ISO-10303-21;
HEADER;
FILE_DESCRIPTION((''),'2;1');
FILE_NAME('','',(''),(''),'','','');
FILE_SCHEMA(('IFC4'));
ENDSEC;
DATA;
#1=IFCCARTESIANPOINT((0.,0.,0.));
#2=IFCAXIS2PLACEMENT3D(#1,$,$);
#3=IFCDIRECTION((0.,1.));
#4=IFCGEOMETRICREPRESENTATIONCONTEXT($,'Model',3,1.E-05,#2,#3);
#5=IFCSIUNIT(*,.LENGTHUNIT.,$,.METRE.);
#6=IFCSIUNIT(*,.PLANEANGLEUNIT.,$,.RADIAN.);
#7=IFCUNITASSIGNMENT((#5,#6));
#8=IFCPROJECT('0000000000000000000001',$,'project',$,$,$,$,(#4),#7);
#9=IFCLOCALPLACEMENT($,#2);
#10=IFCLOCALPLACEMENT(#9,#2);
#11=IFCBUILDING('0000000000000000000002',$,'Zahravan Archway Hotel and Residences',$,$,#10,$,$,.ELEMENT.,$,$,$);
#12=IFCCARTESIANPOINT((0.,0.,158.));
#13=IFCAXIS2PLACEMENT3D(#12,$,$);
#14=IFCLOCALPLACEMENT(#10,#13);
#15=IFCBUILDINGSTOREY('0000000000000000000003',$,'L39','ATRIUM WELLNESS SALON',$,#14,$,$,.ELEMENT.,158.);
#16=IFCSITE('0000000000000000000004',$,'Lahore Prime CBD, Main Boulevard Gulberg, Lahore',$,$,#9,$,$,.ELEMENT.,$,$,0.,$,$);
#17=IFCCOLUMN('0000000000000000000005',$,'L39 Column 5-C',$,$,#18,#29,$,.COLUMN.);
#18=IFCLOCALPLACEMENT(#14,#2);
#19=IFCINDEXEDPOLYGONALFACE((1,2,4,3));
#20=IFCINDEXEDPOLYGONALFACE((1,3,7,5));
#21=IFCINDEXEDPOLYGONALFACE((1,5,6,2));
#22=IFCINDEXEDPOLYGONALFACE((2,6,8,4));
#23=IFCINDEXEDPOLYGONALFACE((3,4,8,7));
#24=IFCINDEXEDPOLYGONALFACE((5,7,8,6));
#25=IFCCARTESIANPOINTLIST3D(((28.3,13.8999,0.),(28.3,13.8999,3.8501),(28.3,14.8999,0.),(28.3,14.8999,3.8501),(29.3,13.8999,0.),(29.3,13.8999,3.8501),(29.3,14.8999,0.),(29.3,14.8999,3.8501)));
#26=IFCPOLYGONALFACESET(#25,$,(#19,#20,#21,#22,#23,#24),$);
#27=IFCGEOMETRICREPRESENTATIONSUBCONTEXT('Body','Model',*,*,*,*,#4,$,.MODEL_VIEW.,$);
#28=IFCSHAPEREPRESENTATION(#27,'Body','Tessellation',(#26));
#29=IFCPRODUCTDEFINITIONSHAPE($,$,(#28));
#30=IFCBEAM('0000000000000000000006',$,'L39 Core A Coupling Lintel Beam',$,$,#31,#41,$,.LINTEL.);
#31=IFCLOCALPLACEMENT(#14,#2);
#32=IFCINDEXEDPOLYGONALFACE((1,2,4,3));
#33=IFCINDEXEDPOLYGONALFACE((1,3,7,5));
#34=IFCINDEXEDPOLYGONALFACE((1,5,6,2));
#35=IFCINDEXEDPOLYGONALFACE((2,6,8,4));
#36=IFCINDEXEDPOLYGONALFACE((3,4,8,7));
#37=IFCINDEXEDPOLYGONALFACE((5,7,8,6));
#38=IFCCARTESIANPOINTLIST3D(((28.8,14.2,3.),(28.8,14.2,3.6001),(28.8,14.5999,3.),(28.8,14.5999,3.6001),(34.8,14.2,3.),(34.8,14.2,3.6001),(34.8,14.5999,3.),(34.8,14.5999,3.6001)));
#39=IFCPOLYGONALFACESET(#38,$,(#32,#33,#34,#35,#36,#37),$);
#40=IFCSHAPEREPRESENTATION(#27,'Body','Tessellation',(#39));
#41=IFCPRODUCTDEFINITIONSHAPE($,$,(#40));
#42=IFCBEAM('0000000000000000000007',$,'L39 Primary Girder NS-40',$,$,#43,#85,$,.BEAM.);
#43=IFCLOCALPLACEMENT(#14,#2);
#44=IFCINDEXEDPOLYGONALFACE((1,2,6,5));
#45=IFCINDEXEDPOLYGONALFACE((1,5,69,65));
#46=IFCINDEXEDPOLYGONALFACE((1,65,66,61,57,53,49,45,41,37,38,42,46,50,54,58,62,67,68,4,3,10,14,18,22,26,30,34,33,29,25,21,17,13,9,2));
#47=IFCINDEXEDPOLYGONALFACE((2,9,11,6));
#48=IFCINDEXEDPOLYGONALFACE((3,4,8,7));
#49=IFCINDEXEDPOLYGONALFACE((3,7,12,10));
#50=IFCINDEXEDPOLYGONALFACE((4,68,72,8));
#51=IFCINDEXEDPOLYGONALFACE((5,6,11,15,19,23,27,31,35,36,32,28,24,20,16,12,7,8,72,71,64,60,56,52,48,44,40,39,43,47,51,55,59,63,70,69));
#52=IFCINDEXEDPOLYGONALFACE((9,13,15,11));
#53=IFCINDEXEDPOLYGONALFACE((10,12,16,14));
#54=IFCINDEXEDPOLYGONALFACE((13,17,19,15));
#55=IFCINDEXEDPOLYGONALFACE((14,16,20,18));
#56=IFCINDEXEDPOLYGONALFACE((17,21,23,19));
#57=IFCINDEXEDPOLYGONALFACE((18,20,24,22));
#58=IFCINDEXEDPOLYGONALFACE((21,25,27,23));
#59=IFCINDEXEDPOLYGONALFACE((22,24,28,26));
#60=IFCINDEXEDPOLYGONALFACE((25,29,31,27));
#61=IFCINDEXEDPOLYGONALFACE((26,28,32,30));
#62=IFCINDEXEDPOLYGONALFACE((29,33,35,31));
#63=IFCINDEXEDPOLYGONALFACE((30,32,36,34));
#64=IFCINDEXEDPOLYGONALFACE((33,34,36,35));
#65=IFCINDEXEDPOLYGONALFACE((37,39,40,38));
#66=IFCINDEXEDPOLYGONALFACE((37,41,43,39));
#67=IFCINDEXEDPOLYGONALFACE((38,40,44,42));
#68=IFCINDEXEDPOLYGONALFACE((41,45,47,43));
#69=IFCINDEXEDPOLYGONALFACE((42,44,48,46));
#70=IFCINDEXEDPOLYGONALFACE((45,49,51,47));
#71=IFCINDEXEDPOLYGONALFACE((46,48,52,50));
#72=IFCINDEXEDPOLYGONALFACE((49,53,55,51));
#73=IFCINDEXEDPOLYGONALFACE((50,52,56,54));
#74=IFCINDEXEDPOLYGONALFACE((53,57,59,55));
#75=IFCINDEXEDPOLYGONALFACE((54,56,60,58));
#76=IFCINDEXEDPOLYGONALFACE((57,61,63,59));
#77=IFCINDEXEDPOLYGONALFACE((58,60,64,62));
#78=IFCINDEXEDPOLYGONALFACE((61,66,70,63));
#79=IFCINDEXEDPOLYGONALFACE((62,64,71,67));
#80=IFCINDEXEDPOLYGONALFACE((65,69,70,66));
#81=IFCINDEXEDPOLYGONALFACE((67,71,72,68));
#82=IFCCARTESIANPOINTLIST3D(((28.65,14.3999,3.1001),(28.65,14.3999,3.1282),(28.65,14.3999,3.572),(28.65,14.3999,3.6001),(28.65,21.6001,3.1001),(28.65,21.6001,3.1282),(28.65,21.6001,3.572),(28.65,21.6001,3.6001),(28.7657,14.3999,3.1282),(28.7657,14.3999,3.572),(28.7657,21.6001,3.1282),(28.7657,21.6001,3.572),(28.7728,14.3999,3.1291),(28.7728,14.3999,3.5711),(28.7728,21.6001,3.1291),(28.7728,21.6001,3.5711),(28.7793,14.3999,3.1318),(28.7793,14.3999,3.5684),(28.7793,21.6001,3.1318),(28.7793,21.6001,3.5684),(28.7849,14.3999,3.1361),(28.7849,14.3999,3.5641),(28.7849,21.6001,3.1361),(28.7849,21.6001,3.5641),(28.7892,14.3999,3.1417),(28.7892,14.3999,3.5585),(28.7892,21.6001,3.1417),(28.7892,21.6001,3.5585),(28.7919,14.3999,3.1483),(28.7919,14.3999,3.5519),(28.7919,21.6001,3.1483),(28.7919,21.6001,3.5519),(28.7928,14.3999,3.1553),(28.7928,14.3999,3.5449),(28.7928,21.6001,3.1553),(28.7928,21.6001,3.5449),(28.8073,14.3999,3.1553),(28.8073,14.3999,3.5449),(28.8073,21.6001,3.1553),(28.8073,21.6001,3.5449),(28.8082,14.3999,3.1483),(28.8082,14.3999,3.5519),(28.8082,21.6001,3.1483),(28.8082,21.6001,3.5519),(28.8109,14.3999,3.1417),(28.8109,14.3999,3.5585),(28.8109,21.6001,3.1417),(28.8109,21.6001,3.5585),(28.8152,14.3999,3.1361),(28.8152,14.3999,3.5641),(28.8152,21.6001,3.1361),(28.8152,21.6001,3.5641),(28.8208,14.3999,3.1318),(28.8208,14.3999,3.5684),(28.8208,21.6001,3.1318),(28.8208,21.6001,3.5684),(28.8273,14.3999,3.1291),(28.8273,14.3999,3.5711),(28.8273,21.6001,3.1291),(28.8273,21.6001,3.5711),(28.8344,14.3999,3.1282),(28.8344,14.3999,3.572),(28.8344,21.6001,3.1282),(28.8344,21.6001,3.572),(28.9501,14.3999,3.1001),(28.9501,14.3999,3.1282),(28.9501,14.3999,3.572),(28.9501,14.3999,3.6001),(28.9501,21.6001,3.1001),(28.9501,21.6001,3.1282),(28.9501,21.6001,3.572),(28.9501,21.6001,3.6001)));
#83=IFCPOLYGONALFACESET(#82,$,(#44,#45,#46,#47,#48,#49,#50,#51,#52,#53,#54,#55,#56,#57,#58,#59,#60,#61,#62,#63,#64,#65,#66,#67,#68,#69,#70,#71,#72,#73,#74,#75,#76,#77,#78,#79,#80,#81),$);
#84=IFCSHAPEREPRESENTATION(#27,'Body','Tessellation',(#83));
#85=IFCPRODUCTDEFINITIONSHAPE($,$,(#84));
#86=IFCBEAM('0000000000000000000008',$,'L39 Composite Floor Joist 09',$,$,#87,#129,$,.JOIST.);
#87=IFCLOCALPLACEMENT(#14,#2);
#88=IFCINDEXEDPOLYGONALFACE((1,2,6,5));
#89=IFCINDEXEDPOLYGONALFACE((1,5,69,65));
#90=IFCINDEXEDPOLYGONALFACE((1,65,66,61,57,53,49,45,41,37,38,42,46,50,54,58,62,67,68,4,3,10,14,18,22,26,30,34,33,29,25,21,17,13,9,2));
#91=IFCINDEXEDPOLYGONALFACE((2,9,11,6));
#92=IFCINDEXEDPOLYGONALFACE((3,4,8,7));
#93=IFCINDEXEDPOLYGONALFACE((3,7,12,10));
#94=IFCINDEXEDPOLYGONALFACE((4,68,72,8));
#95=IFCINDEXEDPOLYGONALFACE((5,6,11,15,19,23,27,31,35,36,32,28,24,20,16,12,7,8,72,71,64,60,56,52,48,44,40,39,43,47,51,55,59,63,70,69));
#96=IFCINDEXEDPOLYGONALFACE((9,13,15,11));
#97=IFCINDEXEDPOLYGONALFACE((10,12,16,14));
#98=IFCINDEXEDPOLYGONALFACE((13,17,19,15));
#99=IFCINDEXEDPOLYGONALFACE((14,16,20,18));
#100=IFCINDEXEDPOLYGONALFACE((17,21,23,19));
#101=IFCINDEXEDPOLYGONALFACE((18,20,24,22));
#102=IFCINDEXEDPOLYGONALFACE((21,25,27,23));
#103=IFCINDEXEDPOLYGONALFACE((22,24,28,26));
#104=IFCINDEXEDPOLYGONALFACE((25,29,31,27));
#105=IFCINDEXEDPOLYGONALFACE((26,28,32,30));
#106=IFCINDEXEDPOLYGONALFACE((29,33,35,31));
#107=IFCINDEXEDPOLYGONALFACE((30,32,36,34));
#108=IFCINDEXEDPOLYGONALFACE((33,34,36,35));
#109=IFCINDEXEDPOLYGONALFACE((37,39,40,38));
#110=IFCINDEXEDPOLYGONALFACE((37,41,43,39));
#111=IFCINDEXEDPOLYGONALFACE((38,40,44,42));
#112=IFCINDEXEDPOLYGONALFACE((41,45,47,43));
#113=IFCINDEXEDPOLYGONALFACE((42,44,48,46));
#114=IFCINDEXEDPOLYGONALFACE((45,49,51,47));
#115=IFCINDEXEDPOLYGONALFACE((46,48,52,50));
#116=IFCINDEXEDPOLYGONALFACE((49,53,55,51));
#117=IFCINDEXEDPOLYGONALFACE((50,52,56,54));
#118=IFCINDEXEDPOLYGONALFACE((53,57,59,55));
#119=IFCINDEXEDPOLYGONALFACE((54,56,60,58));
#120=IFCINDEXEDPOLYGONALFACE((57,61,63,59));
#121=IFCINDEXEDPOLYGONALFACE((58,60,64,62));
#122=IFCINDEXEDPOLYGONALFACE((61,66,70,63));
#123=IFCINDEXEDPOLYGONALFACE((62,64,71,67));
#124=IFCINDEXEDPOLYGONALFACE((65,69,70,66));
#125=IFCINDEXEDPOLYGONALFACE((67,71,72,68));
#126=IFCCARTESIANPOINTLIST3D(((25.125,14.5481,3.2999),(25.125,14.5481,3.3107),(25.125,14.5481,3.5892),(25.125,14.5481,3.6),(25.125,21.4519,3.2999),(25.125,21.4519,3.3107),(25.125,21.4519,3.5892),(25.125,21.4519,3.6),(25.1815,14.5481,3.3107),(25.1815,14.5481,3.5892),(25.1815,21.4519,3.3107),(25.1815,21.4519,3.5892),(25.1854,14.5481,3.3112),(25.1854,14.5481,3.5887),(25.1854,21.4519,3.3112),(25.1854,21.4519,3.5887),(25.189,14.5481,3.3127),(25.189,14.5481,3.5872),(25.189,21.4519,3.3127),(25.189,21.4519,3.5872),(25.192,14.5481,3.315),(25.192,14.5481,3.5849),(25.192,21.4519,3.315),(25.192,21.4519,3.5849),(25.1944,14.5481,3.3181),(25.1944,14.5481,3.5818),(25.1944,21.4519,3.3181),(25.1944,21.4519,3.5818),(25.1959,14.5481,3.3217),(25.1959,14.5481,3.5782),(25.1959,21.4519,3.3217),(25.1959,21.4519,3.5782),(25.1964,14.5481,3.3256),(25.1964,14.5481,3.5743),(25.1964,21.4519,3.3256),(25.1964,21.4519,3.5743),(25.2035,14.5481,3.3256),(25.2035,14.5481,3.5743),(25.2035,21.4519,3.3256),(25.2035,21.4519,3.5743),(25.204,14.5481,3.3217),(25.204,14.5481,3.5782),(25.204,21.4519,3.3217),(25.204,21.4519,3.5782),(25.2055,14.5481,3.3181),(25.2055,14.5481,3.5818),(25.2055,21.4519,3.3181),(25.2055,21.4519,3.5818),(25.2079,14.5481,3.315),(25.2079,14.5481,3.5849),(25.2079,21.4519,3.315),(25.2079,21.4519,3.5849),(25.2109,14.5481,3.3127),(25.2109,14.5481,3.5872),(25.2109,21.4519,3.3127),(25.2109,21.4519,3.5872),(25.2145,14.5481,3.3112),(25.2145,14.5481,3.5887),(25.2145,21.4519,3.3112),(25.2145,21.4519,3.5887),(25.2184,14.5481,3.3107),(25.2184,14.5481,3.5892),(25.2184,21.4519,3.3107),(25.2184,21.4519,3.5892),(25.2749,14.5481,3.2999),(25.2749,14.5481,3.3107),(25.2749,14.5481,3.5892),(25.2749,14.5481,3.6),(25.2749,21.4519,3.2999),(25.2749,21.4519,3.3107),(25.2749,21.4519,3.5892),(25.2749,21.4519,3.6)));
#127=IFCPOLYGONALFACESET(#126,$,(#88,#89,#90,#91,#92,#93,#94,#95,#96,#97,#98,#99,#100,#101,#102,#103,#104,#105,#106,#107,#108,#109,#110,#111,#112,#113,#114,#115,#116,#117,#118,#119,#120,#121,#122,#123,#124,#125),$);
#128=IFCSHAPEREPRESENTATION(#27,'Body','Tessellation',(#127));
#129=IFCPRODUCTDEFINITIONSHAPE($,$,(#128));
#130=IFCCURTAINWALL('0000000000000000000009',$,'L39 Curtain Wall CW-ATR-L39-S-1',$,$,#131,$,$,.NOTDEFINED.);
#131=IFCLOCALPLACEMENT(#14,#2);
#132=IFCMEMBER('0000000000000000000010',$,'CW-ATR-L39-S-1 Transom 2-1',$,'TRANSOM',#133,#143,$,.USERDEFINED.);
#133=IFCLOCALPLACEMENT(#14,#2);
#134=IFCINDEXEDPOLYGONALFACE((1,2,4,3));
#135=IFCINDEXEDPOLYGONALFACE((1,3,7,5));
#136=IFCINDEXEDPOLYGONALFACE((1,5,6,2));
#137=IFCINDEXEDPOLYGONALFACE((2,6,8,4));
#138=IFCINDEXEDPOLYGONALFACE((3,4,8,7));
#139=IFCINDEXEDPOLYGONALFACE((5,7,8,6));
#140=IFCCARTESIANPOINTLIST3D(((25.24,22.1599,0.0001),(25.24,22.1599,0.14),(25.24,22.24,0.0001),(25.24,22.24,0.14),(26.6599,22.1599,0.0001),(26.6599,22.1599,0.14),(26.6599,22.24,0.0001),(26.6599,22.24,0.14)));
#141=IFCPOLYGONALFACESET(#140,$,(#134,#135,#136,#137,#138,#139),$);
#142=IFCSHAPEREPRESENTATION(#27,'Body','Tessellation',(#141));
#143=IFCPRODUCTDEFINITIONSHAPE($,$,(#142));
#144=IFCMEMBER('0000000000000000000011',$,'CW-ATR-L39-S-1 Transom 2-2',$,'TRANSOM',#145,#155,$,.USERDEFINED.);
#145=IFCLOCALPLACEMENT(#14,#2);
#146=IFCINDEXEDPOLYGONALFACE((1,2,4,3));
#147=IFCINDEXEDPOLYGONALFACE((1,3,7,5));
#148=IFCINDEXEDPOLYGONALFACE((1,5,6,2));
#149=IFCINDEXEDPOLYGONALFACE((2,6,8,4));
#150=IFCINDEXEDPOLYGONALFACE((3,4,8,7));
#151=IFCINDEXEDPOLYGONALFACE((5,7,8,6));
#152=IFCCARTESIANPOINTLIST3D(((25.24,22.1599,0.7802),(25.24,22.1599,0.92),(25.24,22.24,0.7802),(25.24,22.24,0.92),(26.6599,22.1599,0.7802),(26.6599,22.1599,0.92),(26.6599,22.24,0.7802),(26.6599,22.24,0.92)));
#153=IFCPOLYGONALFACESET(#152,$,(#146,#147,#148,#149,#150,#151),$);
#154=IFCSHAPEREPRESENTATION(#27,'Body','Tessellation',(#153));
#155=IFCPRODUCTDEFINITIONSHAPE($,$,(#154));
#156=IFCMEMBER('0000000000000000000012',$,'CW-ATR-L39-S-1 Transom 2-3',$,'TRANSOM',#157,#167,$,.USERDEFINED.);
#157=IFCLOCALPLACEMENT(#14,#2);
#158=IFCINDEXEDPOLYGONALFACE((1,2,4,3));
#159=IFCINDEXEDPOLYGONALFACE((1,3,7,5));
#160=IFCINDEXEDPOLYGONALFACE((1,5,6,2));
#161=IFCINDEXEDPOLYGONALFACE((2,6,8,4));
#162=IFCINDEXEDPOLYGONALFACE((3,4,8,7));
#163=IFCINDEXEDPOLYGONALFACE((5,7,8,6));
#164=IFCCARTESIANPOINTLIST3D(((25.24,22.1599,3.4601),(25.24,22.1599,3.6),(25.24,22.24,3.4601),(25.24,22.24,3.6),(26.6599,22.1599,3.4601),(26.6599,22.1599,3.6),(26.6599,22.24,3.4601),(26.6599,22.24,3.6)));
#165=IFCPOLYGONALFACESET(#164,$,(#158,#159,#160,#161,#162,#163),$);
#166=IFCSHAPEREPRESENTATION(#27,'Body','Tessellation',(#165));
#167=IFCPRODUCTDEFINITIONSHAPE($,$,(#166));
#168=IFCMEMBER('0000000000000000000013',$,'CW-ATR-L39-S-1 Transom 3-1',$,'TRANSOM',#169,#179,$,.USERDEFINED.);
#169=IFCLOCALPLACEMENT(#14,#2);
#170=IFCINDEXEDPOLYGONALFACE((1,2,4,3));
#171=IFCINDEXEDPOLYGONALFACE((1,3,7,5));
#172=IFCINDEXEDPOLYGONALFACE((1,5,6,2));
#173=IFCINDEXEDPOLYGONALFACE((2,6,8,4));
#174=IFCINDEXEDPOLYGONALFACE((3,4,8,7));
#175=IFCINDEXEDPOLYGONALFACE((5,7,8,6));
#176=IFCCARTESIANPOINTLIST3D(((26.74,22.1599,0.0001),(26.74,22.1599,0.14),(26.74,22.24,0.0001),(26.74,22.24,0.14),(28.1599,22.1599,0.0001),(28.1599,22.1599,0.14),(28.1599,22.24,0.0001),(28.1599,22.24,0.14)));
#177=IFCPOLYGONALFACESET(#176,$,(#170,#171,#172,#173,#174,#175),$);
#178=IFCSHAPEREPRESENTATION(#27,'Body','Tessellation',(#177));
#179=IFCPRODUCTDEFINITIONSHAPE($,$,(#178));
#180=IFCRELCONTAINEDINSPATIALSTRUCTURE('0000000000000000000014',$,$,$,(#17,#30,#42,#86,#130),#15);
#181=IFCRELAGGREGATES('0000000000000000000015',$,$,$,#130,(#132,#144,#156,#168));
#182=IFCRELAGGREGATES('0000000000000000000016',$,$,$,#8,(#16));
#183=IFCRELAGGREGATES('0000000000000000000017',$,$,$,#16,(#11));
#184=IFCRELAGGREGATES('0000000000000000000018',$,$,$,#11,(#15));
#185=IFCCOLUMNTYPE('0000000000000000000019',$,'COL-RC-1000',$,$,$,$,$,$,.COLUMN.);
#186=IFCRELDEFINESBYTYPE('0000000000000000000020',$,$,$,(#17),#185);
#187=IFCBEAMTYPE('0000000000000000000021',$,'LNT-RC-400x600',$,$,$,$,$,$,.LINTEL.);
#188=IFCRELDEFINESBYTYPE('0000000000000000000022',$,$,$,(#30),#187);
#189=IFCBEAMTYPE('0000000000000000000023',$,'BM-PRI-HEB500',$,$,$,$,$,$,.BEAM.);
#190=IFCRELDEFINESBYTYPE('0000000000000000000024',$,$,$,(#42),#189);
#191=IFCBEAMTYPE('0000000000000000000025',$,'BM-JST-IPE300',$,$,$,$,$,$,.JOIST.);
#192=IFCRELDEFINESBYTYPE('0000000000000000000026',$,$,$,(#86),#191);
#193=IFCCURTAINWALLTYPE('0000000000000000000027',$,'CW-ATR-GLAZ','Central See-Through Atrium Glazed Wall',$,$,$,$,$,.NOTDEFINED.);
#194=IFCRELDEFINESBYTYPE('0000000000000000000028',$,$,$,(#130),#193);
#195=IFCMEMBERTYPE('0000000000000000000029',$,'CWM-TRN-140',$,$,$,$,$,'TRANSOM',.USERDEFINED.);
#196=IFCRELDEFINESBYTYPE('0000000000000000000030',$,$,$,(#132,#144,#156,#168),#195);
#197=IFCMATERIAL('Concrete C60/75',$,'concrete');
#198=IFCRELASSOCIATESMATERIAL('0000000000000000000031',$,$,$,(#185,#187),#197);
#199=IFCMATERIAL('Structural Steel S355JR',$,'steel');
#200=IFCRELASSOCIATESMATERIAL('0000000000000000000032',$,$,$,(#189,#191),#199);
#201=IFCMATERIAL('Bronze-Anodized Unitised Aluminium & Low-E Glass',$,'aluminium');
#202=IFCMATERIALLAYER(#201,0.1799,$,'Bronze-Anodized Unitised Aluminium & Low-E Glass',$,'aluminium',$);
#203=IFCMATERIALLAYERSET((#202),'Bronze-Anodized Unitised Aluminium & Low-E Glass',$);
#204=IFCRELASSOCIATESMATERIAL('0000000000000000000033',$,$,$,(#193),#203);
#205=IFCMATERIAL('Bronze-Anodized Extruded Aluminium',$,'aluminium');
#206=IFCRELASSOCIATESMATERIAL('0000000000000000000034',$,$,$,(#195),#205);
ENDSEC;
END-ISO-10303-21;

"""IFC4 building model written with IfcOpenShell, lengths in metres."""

from ifc_helpers import new_model, si_unit, direction, frame, origin, origin_2d, place, context, subcontext, project, spatial, rectangle, i_section, extrude, source, transform, mapped, material, layer, layer_set, material_profile, profile_set, type_object, type_shapes, element, aggregate, save


model = new_model("IFC4")

# Units and contexts
model_context = context("Model", 3, precision=1e-05, world=origin(), true_north=direction((0.0, 1.0)))
body_context = subcontext(model_context, "Body", "Model", "MODEL_VIEW")
ifc_project = project(units=[si_unit("LENGTHUNIT", "METRE"), si_unit("PLANEANGLEUNIT", "RADIAN")], contexts=[model_context])

# Site, building, storey
site_placement = place(None, origin())
site = spatial("IfcSite", under=ifc_project, at=site_placement, Name="Lahore Prime CBD, Main Boulevard Gulberg, Lahore", CompositionType="ELEMENT", RefElevation=0.0)
building_placement = place(site_placement, origin())
building = spatial("IfcBuilding", under=site, at=building_placement, Name="Zahravan Archway Hotel and Residences", CompositionType="ELEMENT")
storey_placement = place(building_placement, frame((0.0, 0.0, 158.0)))
storey = spatial("IfcBuildingStorey", under=building, at=storey_placement, Name="L39", Description="ATRIUM WELLNESS SALON", CompositionType="ELEMENT", Elevation=158.0)

# Column
ifc_material_1 = material(Name="Concrete C60/75", Category="concrete")
ifc_material_profile_1 = material_profile(ifc_material_1, rectangle(XDim=1.0, YDim=1.0, at=origin_2d()), Name="RC-COL-1000x1000", Category="concrete")
ifc_profile_set_1 = profile_set([ifc_material_profile_1], Name="Concrete C60/75")
column_type = type_object("IfcColumnType", Name="COL-RC-1000", PredefinedType="COLUMN", material=ifc_profile_set_1)
shared_shape_1 = source(origin(), body_context, "Body", "SweptSolid", [
    extrude(rectangle(XDim=1.0, YDim=1.0, at=origin_2d()), origin(), (0.0, 0.0, 1.0), 3.8501),
])
column_placement = place(storey_placement, frame((28.8, 14.3999, 0.0), z_axis=(0.0, 0.0, 1.0), x_axis=(1.0, 0.0, 0.0)))
element("IfcColumn", 1, at=column_placement, inside=storey, type_object=column_type, Name="L39 Column 5-C", PredefinedType="COLUMN", context=body_context, shape_type="MappedRepresentation", body=[
    mapped(shared_shape_1, transform((0.0, 0.0, 0.0), scale=1.0)),
])

# Beams
ifc_material_profile_2 = material_profile(ifc_material_1, rectangle(XDim=0.3999, YDim=0.6001, at=origin_2d()), Name="RC-LNT-400x600", Category="concrete")
ifc_profile_set_2 = profile_set([ifc_material_profile_2], Name="Concrete C60/75")
beam_type_1 = type_object("IfcBeamType", Name="LNT-RC-400x600", PredefinedType="LINTEL", material=ifc_profile_set_2)
shared_shape_2 = source(origin(), body_context, "Body", "SweptSolid", [
    extrude(rectangle(XDim=0.3999, YDim=0.6001, at=origin_2d()), origin(), (0.0, 0.0, 1.0), 6.0),
])
type_shapes(beam_type_1, [shared_shape_2])
beam_1_placement = place(storey_placement, frame((28.8, 14.3999, 3.3), z_axis=(1.0, 0.0, 0.0), x_axis=(0.0, 1.0, 0.0)))
element("IfcBeam", 2, at=beam_1_placement, inside=storey, type_object=beam_type_1, Name="L39 Core A Coupling Lintel Beam", PredefinedType="LINTEL", context=body_context, shape_type="MappedRepresentation", body=[
    mapped(shared_shape_2, transform((0.0, 0.0, 0.0), scale=1.0)),
])
ifc_material_2 = material(Name="Structural Steel S355JR", Category="steel")
ifc_material_profile_3 = material_profile(ifc_material_2, i_section(OverallWidth=0.3, OverallDepth=0.5, WebThickness=0.0144, FlangeThickness=0.0281, FilletRadius=0.0271, at=origin_2d()), Name="HEB 500", Category="steel")
ifc_profile_set_3 = profile_set([ifc_material_profile_3], Name="Structural Steel S355JR")
beam_type_2 = type_object("IfcBeamType", Name="BM-PRI-HEB500", PredefinedType="BEAM", material=ifc_profile_set_3)
shared_shape_3 = source(origin(), body_context, "Body", "SweptSolid", [
    extrude(i_section(OverallWidth=0.3, OverallDepth=0.5, WebThickness=0.0144, FlangeThickness=0.0281, FilletRadius=0.0271, at=origin_2d()), origin(), (0.0, 0.0, 1.0), 7.2002),
])
type_shapes(beam_type_2, [shared_shape_3])
beam_2_placement = place(storey_placement, frame((28.8, 14.3999, 3.3501), z_axis=(0.0, 1.0, 0.0), x_axis=(-1.0, 0.0, 0.0)))
element("IfcBeam", 3, at=beam_2_placement, inside=storey, type_object=beam_type_2, Name="L39 Primary Girder NS-40", PredefinedType="BEAM", context=body_context, shape_type="MappedRepresentation", body=[
    mapped(shared_shape_3, transform((0.0, 0.0, 0.0), scale=1.0)),
])
ifc_material_profile_4 = material_profile(ifc_material_2, i_section(OverallWidth=0.1499, OverallDepth=0.3, WebThickness=0.0071, FlangeThickness=0.0107, FilletRadius=0.0149, at=origin_2d()), Name="IPE 300", Category="steel")
ifc_profile_set_4 = profile_set([ifc_material_profile_4], Name="Structural Steel S355JR")
beam_type_3 = type_object("IfcBeamType", Name="BM-JST-IPE300", PredefinedType="JOIST", material=ifc_profile_set_4)
shared_shape_4 = source(origin(), body_context, "Body", "SweptSolid", [
    extrude(i_section(OverallWidth=0.1499, OverallDepth=0.3, WebThickness=0.0071, FlangeThickness=0.0107, FilletRadius=0.0149, at=origin_2d()), origin(), (0.0, 0.0, 1.0), 6.9038),
])
beam_3_placement = place(storey_placement, frame((25.2, 14.5481, 3.45), z_axis=(0.0, 1.0, 0.0), x_axis=(-1.0, 0.0, 0.0)))
element("IfcBeam", 4, at=beam_3_placement, inside=storey, type_object=beam_type_3, Name="L39 Composite Floor Joist 09", PredefinedType="JOIST", context=body_context, shape_type="MappedRepresentation", body=[
    mapped(shared_shape_4, transform((0.0, 0.0, 0.0), scale=1.0)),
])

# Curtain wall, members
ifc_material_3 = material(Name="Bronze-Anodized Unitised Aluminium & Low-E Glass", Category="aluminium")
ifc_layer_1 = layer(ifc_material_3, 0.1799, Name="Bronze-Anodized Unitised Aluminium & Low-E Glass", Category="aluminium")
ifc_layer_set_1 = layer_set([ifc_layer_1], Name="Bronze-Anodized Unitised Aluminium & Low-E Glass")
curtain_wall_type = type_object("IfcCurtainWallType", Name="CW-ATR-GLAZ", Description="Central See-Through Atrium Glazed Wall", PredefinedType="NOTDEFINED", material=ifc_layer_set_1)
curtain_wall_placement = place(storey_placement, origin())
curtain_wall = element("IfcCurtainWall", 5, at=curtain_wall_placement, inside=storey, type_object=curtain_wall_type, Name="L39 Curtain Wall CW-ATR-L39-S-1", PredefinedType="NOTDEFINED")
ifc_material_4 = material(Name="Bronze-Anodized Extruded Aluminium", Category="aluminium")
ifc_material_profile_5 = material_profile(ifc_material_4, rectangle(XDim=0.0801, YDim=0.1399, at=origin_2d()), Name="TRN 80x140", Category="aluminium")
ifc_profile_set_5 = profile_set([ifc_material_profile_5], Name="Bronze-Anodized Extruded Aluminium")
member_type_1 = type_object("IfcMemberType", Name="CWM-TRN-140", ElementType="TRANSOM", PredefinedType="USERDEFINED", material=ifc_profile_set_5)
shared_shape_5 = source(origin(), body_context, "Body", "SweptSolid", [
    extrude(rectangle(XDim=0.0801, YDim=0.1399, at=origin_2d()), origin(), (0.0, 0.0, 1.0), 1.4199),
])
member_1_placement = place(storey_placement, frame((25.24, 22.2, 0.0701), z_axis=(1.0, 0.0, 0.0), x_axis=(0.0, 1.0, 0.0)))
member_1 = element("IfcMember", 6, at=member_1_placement, type_object=member_type_1, Name="CW-ATR-L39-S-1 Transom 2-1", ObjectType="TRANSOM", PredefinedType="USERDEFINED", context=body_context, shape_type="MappedRepresentation", body=[
    mapped(shared_shape_5, transform((0.0, 0.0, 0.0), scale=1.0)),
])
member_2_placement = place(storey_placement, frame((25.24, 22.2, 0.8501), z_axis=(1.0, 0.0, 0.0), x_axis=(0.0, 1.0, 0.0)))
member_2 = element("IfcMember", 7, at=member_2_placement, type_object=member_type_1, Name="CW-ATR-L39-S-1 Transom 2-2", ObjectType="TRANSOM", PredefinedType="USERDEFINED", context=body_context, shape_type="MappedRepresentation", body=[
    mapped(shared_shape_5, transform((0.0, 0.0, 0.0), scale=1.0)),
])
member_3_placement = place(storey_placement, frame((25.24, 22.2, 3.53), z_axis=(1.0, 0.0, 0.0), x_axis=(0.0, 1.0, 0.0)))
member_3 = element("IfcMember", 8, at=member_3_placement, type_object=member_type_1, Name="CW-ATR-L39-S-1 Transom 2-3", ObjectType="TRANSOM", PredefinedType="USERDEFINED", context=body_context, shape_type="MappedRepresentation", body=[
    mapped(shared_shape_5, transform((0.0, 0.0, 0.0), scale=1.0)),
])
member_4_placement = place(storey_placement, frame((26.74, 22.2, 0.0701), z_axis=(1.0, 0.0, 0.0), x_axis=(0.0, 1.0, 0.0)))
member_4 = element("IfcMember", 9, at=member_4_placement, type_object=member_type_1, Name="CW-ATR-L39-S-1 Transom 3-1", ObjectType="TRANSOM", PredefinedType="USERDEFINED", context=body_context, shape_type="MappedRepresentation", body=[
    mapped(shared_shape_5, transform((0.0, 0.0, 0.0), scale=1.0)),
])
aggregate(curtain_wall, [member_1, member_2, member_3, member_4])

save(model, "model.ifc")
